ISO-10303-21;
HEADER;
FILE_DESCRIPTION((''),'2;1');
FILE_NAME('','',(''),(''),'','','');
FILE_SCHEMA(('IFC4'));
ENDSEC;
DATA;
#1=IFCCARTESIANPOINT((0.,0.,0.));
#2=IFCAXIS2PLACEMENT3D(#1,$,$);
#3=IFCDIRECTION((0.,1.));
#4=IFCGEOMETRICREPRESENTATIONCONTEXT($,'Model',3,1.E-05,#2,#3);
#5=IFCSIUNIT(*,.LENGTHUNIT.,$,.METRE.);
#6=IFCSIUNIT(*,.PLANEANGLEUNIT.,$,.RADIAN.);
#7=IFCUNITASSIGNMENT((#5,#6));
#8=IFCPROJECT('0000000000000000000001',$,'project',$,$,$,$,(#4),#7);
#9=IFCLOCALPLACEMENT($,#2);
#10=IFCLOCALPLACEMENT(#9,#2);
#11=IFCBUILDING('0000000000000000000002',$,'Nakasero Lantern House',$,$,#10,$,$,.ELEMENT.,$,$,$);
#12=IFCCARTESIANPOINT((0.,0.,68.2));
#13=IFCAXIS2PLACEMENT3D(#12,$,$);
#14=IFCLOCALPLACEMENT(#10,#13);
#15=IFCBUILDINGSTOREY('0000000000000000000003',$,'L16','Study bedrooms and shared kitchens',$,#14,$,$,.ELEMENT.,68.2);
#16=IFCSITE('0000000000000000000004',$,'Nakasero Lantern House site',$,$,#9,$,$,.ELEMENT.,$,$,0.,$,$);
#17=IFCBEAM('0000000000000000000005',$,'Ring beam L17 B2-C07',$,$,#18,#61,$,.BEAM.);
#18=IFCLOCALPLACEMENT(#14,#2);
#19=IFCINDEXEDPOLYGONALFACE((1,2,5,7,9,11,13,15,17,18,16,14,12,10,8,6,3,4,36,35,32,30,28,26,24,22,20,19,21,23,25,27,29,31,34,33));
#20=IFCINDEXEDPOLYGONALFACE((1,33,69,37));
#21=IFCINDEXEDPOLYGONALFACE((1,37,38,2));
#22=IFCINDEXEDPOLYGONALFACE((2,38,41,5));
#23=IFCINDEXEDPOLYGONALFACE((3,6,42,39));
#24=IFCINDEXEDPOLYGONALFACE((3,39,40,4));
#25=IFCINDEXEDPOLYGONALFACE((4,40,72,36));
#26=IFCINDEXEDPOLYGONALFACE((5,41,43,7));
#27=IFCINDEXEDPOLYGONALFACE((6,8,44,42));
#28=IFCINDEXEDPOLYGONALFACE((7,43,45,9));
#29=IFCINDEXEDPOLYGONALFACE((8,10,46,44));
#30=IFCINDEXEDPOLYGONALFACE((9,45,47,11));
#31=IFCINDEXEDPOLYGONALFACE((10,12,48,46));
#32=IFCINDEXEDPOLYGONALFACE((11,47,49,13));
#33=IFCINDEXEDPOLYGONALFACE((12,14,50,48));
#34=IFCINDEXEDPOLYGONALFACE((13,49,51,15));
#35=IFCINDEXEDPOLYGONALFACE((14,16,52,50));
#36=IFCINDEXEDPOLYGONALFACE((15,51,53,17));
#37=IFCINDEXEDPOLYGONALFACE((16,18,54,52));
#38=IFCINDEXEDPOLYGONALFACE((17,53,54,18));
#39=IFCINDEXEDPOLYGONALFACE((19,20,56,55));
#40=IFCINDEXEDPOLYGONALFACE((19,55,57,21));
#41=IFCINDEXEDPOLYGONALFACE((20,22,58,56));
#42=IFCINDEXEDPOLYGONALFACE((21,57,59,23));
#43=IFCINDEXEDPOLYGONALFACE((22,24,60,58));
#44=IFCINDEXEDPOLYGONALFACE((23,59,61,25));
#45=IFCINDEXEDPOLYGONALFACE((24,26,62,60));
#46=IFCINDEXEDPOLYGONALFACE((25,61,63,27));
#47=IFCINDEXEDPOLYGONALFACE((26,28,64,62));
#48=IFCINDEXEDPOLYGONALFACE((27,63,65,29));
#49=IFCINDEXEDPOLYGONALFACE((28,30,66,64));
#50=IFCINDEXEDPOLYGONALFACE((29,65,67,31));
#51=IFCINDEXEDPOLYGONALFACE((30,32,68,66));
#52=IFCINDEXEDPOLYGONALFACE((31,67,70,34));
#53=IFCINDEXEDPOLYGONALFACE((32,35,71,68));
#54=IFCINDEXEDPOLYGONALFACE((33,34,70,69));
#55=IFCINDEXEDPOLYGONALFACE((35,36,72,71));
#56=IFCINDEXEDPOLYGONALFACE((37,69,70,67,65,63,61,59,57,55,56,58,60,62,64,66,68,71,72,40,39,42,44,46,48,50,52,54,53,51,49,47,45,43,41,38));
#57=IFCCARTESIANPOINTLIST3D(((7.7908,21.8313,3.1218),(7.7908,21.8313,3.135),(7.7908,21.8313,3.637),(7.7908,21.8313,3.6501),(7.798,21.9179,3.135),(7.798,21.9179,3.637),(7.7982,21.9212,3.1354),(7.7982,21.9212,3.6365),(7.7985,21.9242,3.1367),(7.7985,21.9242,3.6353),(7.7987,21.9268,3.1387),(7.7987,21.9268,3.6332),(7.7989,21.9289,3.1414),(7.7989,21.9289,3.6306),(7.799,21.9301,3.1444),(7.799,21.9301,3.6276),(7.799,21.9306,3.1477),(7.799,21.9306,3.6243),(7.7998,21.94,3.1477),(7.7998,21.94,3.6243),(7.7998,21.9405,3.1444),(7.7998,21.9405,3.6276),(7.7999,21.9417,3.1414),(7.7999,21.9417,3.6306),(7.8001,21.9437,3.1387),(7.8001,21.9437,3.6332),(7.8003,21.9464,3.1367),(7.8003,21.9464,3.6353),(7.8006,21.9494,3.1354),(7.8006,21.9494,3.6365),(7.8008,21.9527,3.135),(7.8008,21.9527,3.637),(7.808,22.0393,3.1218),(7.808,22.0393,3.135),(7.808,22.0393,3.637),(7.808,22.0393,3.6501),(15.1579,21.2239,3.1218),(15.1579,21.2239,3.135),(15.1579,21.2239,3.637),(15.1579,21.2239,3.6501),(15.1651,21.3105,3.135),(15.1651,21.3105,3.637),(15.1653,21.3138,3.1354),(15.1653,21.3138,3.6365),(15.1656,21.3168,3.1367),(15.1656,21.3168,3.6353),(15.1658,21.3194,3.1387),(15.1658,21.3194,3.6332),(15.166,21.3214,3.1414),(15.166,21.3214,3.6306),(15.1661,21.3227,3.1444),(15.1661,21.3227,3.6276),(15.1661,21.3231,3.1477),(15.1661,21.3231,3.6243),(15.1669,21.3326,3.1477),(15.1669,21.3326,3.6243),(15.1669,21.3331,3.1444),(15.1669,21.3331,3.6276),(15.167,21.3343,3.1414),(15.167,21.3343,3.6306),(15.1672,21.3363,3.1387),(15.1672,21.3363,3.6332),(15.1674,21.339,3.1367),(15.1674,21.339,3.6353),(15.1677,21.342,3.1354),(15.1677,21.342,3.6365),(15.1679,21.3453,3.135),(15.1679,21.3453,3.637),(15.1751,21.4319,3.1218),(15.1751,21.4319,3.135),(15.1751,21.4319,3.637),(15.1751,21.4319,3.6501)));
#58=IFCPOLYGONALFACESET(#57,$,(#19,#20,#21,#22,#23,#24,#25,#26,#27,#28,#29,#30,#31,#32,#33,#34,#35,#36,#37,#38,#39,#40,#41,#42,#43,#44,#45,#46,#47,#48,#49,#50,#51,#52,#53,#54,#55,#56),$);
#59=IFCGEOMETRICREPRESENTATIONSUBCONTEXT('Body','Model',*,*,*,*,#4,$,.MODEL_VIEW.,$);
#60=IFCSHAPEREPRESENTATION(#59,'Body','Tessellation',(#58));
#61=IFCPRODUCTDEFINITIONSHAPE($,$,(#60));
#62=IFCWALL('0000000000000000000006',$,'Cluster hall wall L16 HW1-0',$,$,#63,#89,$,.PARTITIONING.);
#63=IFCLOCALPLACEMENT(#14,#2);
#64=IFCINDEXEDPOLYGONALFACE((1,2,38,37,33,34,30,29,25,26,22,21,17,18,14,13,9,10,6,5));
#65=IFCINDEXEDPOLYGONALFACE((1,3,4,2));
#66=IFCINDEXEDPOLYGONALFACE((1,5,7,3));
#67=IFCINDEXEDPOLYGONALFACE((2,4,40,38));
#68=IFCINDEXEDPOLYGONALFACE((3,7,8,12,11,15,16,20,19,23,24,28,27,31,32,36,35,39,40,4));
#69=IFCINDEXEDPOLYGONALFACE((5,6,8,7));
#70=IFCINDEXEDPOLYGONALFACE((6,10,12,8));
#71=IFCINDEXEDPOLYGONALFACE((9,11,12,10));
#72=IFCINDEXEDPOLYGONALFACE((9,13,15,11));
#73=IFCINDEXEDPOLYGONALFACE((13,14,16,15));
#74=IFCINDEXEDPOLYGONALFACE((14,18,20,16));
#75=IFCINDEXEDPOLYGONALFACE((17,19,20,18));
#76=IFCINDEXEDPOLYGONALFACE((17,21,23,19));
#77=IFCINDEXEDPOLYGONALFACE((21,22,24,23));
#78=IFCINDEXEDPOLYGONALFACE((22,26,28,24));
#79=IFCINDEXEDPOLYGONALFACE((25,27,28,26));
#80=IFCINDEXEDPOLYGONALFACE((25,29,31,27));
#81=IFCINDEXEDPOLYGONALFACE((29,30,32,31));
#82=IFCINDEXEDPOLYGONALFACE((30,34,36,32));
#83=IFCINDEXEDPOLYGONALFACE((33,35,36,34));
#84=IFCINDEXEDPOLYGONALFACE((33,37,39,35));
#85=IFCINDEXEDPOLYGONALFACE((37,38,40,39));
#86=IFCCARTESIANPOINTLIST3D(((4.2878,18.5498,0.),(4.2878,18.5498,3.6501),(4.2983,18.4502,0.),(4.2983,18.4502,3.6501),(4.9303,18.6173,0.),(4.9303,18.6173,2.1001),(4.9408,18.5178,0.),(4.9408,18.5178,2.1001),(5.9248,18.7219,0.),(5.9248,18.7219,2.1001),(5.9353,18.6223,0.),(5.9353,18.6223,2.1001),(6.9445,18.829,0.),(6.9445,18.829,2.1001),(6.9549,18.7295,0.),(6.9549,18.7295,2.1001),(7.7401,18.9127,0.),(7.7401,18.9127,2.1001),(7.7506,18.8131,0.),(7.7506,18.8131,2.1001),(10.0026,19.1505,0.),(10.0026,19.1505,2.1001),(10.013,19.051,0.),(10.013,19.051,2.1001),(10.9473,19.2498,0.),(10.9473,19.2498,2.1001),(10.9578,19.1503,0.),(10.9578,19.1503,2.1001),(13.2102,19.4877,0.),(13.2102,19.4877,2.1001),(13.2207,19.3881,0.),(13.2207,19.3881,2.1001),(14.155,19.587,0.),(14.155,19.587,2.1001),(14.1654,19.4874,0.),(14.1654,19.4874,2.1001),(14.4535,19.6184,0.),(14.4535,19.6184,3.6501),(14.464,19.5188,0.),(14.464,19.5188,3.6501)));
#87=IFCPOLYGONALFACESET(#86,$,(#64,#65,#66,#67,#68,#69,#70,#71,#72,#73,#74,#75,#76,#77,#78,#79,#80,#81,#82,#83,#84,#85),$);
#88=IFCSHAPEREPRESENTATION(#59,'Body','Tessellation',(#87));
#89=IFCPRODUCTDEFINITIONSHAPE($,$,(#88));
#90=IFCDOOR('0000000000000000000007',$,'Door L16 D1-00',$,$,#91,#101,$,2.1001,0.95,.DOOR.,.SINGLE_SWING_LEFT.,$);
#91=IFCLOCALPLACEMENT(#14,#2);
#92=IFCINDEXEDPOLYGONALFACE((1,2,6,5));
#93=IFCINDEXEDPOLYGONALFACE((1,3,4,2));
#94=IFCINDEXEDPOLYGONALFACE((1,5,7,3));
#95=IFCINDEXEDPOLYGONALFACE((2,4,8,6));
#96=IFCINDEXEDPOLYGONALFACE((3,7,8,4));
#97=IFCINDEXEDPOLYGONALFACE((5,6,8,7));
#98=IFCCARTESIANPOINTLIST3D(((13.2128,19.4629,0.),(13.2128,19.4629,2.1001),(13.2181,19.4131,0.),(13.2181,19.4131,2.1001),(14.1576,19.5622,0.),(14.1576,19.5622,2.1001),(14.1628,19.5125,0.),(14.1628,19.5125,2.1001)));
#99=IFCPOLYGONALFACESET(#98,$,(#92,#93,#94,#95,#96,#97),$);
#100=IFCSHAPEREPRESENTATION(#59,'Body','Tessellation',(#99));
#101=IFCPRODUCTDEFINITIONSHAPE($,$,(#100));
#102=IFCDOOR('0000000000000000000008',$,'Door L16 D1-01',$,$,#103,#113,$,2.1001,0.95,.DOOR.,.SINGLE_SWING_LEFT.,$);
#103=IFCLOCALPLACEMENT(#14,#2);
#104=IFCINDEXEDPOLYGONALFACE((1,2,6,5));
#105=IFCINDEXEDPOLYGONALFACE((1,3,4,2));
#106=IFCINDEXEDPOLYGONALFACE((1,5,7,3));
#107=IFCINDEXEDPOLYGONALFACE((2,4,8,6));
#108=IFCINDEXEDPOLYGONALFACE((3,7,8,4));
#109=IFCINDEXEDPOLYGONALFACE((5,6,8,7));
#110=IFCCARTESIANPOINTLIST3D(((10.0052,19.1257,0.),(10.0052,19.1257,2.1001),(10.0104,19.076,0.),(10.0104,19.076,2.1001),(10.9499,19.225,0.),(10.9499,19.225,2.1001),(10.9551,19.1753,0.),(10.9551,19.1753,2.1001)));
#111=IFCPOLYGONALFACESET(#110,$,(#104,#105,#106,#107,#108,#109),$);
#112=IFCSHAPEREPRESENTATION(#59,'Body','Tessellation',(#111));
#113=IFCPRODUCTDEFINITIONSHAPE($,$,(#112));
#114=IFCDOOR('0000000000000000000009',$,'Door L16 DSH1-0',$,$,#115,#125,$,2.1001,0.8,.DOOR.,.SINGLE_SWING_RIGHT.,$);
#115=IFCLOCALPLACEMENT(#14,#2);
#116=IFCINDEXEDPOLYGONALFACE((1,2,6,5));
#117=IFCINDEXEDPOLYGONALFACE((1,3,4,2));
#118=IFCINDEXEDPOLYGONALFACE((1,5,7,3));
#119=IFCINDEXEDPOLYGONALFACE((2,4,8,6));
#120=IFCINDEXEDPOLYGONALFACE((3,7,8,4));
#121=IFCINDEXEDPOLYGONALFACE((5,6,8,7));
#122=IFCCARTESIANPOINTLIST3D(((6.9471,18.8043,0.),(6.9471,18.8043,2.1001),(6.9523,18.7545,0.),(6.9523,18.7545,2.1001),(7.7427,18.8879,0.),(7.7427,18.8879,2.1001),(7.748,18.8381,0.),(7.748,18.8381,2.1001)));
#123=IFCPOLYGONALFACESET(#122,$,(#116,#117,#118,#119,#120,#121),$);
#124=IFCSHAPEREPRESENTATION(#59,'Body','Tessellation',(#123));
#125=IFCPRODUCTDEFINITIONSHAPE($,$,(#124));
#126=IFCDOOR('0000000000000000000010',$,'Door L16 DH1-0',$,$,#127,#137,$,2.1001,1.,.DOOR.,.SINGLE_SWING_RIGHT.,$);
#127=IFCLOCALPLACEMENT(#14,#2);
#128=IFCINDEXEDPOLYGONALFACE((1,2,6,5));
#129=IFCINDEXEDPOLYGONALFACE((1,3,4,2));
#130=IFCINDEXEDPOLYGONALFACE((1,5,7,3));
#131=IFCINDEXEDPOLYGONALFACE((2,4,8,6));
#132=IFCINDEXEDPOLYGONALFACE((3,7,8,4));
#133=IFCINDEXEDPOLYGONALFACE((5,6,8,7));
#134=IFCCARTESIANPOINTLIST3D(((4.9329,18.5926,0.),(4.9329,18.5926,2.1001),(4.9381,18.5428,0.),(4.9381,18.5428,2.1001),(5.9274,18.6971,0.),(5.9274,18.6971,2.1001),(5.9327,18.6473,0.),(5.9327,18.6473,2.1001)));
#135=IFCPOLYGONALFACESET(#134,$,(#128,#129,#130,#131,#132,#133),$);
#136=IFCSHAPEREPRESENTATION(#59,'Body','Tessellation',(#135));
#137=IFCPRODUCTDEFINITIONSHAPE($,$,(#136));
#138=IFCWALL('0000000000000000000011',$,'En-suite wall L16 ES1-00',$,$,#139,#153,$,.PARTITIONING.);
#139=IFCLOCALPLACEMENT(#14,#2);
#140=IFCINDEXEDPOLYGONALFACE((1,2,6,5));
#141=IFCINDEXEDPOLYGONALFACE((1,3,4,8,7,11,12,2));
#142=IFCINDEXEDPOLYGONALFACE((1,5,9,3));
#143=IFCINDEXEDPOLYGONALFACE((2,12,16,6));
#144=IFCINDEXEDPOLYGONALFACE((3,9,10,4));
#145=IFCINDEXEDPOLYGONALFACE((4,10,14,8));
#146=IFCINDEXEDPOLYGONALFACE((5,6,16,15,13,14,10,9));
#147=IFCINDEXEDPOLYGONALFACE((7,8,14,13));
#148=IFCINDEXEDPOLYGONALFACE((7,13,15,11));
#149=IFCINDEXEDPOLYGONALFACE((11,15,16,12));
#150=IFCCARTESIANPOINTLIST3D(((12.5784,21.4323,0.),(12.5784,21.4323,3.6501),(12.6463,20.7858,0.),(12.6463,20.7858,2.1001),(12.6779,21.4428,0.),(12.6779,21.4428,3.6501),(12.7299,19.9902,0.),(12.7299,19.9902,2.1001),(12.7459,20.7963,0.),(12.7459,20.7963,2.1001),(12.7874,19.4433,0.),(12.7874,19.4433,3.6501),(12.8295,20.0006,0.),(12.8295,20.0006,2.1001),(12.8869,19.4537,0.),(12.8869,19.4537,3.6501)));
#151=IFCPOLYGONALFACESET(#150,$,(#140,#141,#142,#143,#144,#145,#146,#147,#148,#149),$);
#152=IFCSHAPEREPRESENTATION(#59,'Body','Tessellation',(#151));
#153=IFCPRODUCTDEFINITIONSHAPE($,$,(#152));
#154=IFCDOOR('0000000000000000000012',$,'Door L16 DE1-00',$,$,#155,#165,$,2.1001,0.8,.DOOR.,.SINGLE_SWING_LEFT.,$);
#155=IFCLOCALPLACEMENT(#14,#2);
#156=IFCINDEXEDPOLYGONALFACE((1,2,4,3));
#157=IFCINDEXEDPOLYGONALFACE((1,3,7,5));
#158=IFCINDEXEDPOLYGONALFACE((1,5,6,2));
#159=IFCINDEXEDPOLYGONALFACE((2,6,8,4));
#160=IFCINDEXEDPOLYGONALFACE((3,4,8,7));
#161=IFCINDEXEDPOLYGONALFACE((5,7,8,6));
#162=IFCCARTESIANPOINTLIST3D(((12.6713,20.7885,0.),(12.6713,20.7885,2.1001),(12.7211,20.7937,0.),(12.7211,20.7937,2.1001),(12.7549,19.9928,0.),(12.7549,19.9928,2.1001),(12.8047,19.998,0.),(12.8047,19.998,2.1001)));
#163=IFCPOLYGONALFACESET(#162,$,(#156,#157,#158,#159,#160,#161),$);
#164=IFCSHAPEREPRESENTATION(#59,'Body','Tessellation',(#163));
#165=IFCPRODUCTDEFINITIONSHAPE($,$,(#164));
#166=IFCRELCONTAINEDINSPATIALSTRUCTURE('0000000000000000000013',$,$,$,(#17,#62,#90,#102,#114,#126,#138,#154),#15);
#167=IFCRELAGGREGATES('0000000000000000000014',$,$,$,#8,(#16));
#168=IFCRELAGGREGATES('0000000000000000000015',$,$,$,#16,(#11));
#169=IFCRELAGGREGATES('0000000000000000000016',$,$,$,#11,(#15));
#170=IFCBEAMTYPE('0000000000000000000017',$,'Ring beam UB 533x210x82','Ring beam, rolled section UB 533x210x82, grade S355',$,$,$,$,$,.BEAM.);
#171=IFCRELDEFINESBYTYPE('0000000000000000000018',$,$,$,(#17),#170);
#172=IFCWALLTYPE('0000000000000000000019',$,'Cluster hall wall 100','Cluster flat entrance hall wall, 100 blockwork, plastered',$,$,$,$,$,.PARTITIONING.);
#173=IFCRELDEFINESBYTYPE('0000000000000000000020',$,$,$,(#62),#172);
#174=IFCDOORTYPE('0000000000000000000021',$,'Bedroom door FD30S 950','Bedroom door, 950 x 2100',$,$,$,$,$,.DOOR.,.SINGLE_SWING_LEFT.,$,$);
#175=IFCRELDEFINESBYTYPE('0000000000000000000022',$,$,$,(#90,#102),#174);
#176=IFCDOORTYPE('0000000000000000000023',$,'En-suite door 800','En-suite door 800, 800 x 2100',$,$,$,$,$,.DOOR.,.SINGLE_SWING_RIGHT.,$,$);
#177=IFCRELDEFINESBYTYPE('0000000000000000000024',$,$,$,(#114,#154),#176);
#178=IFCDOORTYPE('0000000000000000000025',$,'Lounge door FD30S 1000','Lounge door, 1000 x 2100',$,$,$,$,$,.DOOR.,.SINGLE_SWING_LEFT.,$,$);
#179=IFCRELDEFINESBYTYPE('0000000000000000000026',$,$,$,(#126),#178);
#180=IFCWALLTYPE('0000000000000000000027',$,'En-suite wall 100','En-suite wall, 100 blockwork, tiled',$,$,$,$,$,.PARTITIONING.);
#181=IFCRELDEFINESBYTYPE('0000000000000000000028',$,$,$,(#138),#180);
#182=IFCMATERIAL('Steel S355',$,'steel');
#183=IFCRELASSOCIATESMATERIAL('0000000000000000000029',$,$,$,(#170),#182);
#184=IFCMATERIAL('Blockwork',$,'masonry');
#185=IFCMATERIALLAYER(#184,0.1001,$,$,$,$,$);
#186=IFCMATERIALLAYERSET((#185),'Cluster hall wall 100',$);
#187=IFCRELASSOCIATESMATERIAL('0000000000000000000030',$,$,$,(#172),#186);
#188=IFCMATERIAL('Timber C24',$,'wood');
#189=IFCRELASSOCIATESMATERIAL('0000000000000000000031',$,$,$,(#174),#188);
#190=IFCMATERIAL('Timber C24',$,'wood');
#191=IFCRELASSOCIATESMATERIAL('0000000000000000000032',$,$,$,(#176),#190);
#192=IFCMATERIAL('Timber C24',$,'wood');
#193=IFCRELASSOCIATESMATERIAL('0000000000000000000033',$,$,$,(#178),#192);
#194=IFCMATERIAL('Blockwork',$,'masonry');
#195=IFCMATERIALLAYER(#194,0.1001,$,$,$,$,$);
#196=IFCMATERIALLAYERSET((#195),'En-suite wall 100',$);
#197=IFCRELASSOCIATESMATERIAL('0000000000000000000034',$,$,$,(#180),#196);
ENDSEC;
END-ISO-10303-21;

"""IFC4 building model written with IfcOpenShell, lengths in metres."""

from ifc_helpers import new_model, si_unit, direction, frame, frame_2d, origin, origin_2d, place, context, subcontext, project, spatial, rectangle, i_section, extrude, material, layer, layer_set, material_profile, profile_set, type_object, element, fill, save


model = new_model("IFC4")

# Units and contexts
model_context = context("Model", 3, precision=1e-05, world=origin(), true_north=direction((0.0, 1.0)))
body_context = subcontext(model_context, "Body", "Model", "MODEL_VIEW")
ifc_project = project(units=[si_unit("LENGTHUNIT", "METRE"), si_unit("PLANEANGLEUNIT", "RADIAN")], contexts=[model_context])

# Site, building, storey
site_placement = place(None, origin())
site = spatial("IfcSite", under=ifc_project, at=site_placement, Name="Nakasero Lantern House site", CompositionType="ELEMENT", RefElevation=0.0)
building_placement = place(site_placement, origin())
building = spatial("IfcBuilding", under=site, at=building_placement, Name="Nakasero Lantern House", CompositionType="ELEMENT")
storey_placement = place(building_placement, frame((0.0, 0.0, 68.2)))
storey = spatial("IfcBuildingStorey", under=building, at=storey_placement, Name="L16", Description="Study bedrooms and shared kitchens", CompositionType="ELEMENT", Elevation=68.2)

# Beam
ifc_material_1 = material(Name="Steel S355", Category="steel")
ifc_material_profile_1 = material_profile(ifc_material_1, i_section(OverallWidth=0.2087, OverallDepth=0.5283, WebThickness=0.0095, FlangeThickness=0.0132, FilletRadius=0.0127, at=origin_2d()), Name="UB 533x210x82")
ifc_profile_set_1 = profile_set([ifc_material_profile_1], Name="Steel S355")
beam_type_1 = type_object("IfcBeamType", Name="Ring beam UB 533x210x82", Description="Ring beam, rolled section UB 533x210x82, grade S355", PredefinedType="BEAM", material=ifc_profile_set_1)
beam_1_placement = place(storey_placement, frame((15.1665, 21.3279, 3.386), z_axis=(-0.996618, 0.082171, 0.0), x_axis=(-0.082171, -0.996618, 0.0)))
element("IfcBeam", 1, at=beam_1_placement, inside=storey, type_object=beam_type_1, Name="Ring beam L17 B2-C07", PredefinedType="BEAM", context=body_context, shape_type="SweptSolid", body=[
    extrude(i_section(OverallWidth=0.2087, OverallDepth=0.5283, WebThickness=0.0095, FlangeThickness=0.0132, FilletRadius=0.0127, at=origin_2d()), origin(), (0.0, 0.0, 1.0), 7.3921),
])

# Wall, openings, doors
ifc_material_2 = material(Name="Blockwork", Category="masonry")
ifc_layer_1 = layer(ifc_material_2, 0.1001)
ifc_layer_set_1 = layer_set([ifc_layer_1], Name="Cluster hall wall 100")
wall_type_1 = type_object("IfcWallType", Name="Cluster hall wall 100", Description="Cluster flat entrance hall wall, 100 blockwork, plastered", PredefinedType="PARTITIONING", material=ifc_layer_set_1)
wall_1_placement = place(storey_placement, frame((14.4587, 19.5686, 0.0), z_axis=(0.0, 0.0, 1.0), x_axis=(-0.99452, -0.104542, 0.0)))
wall_1 = element("IfcWall", 2, at=wall_1_placement, inside=storey, type_object=wall_type_1, Name="Cluster hall wall L16 HW1-0", PredefinedType="PARTITIONING", context=body_context, shape_type="SweptSolid", body=[
    extrude(rectangle(XDim=10.2217, YDim=0.1001, at=frame_2d((5.1108, 0.0))), origin(), (0.0, 0.0, 1.0), 3.6501),
])
opening_1_placement = place(wall_1_placement, frame((8.5757, 0.0, 0.0)))
opening_1 = element("IfcOpeningElement", 3, at=opening_1_placement, cuts=wall_1, PredefinedType="OPENING", context=body_context, shape_type="SweptSolid", body=[
    extrude(rectangle(XDim=1.0, YDim=2.1001, at=frame_2d((0.5, 1.05))), frame((0.0, 0.0701, 0.0), z_axis=(0.0, -1.0, 0.0), x_axis=(1.0, 0.0, 0.0)), (0.0, 0.0, 1.0), 0.1401),
])
opening_2_placement = place(wall_1_placement, frame((6.7505, 0.0, 0.0)))
opening_2 = element("IfcOpeningElement", 4, at=opening_2_placement, cuts=wall_1, PredefinedType="OPENING", context=body_context, shape_type="SweptSolid", body=[
    extrude(rectangle(XDim=0.8, YDim=2.1001, at=frame_2d((0.3999, 1.05))), frame((0.0, 0.0701, 0.0), z_axis=(0.0, -1.0, 0.0), x_axis=(1.0, 0.0, 0.0)), (0.0, 0.0, 1.0), 0.1401),
])
opening_3_placement = place(wall_1_placement, frame((0.3, 0.0, 0.0)))
opening_3 = element("IfcOpeningElement", 5, at=opening_3_placement, cuts=wall_1, PredefinedType="OPENING", context=body_context, shape_type="SweptSolid", body=[
    extrude(rectangle(XDim=0.95, YDim=2.1001, at=frame_2d((0.4751, 1.05))), frame((0.0, 0.0701, 0.0), z_axis=(0.0, -1.0, 0.0), x_axis=(1.0, 0.0, 0.0)), (0.0, 0.0, 1.0), 0.1401),
])
opening_4_placement = place(wall_1_placement, frame((3.5254, 0.0, 0.0)))
opening_4 = element("IfcOpeningElement", 6, at=opening_4_placement, cuts=wall_1, PredefinedType="OPENING", context=body_context, shape_type="SweptSolid", body=[
    extrude(rectangle(XDim=0.95, YDim=2.1001, at=frame_2d((0.4751, 1.05))), frame((0.0, 0.0701, 0.0), z_axis=(0.0, -1.0, 0.0), x_axis=(1.0, 0.0, 0.0)), (0.0, 0.0, 1.0), 0.1401),
])
ifc_material_3 = material(Name="Timber C24", Category="wood")
door_type_1 = type_object("IfcDoorType", Name="Bedroom door FD30S 950", Description="Bedroom door, 950 x 2100", OperationType="SINGLE_SWING_LEFT", PredefinedType="DOOR", material=ifc_material_3)
door_1_placement = place(opening_3_placement, origin())
door_1 = element("IfcDoor", 7, at=door_1_placement, inside=storey, type_object=door_type_1, Name="Door L16 D1-00", OperationType="SINGLE_SWING_LEFT", OverallHeight=2.1001, OverallWidth=0.95, PredefinedType="DOOR", context=body_context, shape_type="SweptSolid", body=[
    extrude(rectangle(XDim=0.95, YDim=2.1001, at=frame_2d((0.4751, 1.05))), frame((0.0, 0.0249, 0.0), z_axis=(0.0, -1.0, 0.0), x_axis=(1.0, 0.0, 0.0)), (0.0, 0.0, 1.0), 0.05),
])
fill(opening_3, door_1)
door_2_placement = place(opening_4_placement, origin())
door_2 = element("IfcDoor", 8, at=door_2_placement, inside=storey, type_object=door_type_1, Name="Door L16 D1-01", OperationType="SINGLE_SWING_LEFT", OverallHeight=2.1001, OverallWidth=0.95, PredefinedType="DOOR", context=body_context, shape_type="SweptSolid", body=[
    extrude(rectangle(XDim=0.95, YDim=2.1001, at=frame_2d((0.4751, 1.05))), frame((0.0, 0.0249, 0.0), z_axis=(0.0, -1.0, 0.0), x_axis=(1.0, 0.0, 0.0)), (0.0, 0.0, 1.0), 0.05),
])
fill(opening_4, door_2)
ifc_material_4 = material(Name="Timber C24", Category="wood")
door_type_2 = type_object("IfcDoorType", Name="En-suite door 800", Description="En-suite door 800, 800 x 2100", OperationType="SINGLE_SWING_RIGHT", PredefinedType="DOOR", material=ifc_material_4)
door_3_placement = place(opening_2_placement, origin())
door_3 = element("IfcDoor", 9, at=door_3_placement, inside=storey, type_object=door_type_2, Name="Door L16 DSH1-0", OperationType="SINGLE_SWING_RIGHT", OverallHeight=2.1001, OverallWidth=0.8, PredefinedType="DOOR", context=body_context, shape_type="SweptSolid", body=[
    extrude(rectangle(XDim=0.8, YDim=2.1001, at=frame_2d((0.3999, 1.05))), frame((0.0, 0.0249, 0.0), z_axis=(0.0, -1.0, 0.0), x_axis=(1.0, 0.0, 0.0)), (0.0, 0.0, 1.0), 0.05),
])
fill(opening_2, door_3)
ifc_material_5 = material(Name="Timber C24", Category="wood")
door_type_3 = type_object("IfcDoorType", Name="Lounge door FD30S 1000", Description="Lounge door, 1000 x 2100", OperationType="SINGLE_SWING_LEFT", PredefinedType="DOOR", material=ifc_material_5)
door_4_placement = place(opening_1_placement, origin())
door_4 = element("IfcDoor", 10, at=door_4_placement, inside=storey, type_object=door_type_3, Name="Door L16 DH1-0", OperationType="SINGLE_SWING_RIGHT", OverallHeight=2.1001, OverallWidth=1.0, PredefinedType="DOOR", context=body_context, shape_type="SweptSolid", body=[
    extrude(rectangle(XDim=1.0, YDim=2.1001, at=frame_2d((0.5, 1.05))), frame((0.0, 0.0249, 0.0), z_axis=(0.0, -1.0, 0.0), x_axis=(1.0, 0.0, 0.0)), (0.0, 0.0, 1.0), 0.05),
])
fill(opening_1, door_4)

# Wall, opening, door
ifc_material_6 = material(Name="Blockwork", Category="masonry")
ifc_layer_2 = layer(ifc_material_6, 0.1001)
ifc_layer_set_2 = layer_set([ifc_layer_2], Name="En-suite wall 100")
wall_type_2 = type_object("IfcWallType", Name="En-suite wall 100", Description="En-suite wall, 100 blockwork, tiled", PredefinedType="PARTITIONING", material=ifc_layer_set_2)
wall_2_placement = place(storey_placement, frame((12.8372, 19.4485, 0.0), z_axis=(0.0, 0.0, 1.0), x_axis=(-0.104494, 0.994526, 0.0)))
wall_2 = element("IfcWall", 11, at=wall_2_placement, inside=storey, type_object=wall_type_2, Name="En-suite wall L16 ES1-00", PredefinedType="PARTITIONING", context=body_context, shape_type="SweptSolid", body=[
    extrude(rectangle(XDim=2.0, YDim=0.1001, at=frame_2d((1.0, 0.0))), origin(), (0.0, 0.0, 1.0), 3.6501),
])
opening_5_placement = place(wall_2_placement, frame((0.55, 0.0, 0.0)))
opening_5 = element("IfcOpeningElement", 12, at=opening_5_placement, cuts=wall_2, PredefinedType="OPENING", context=body_context, shape_type="SweptSolid", body=[
    extrude(rectangle(XDim=0.8, YDim=2.1001, at=frame_2d((0.3999, 1.05))), frame((0.0, 0.0701, 0.0), z_axis=(0.0, -1.0, 0.0), x_axis=(1.0, 0.0, 0.0)), (0.0, 0.0, 1.0), 0.1401),
])
door_5_placement = place(opening_5_placement, origin())
door_5 = element("IfcDoor", 13, at=door_5_placement, inside=storey, type_object=door_type_2, Name="Door L16 DE1-00", OperationType="SINGLE_SWING_LEFT", OverallHeight=2.1001, OverallWidth=0.8, PredefinedType="DOOR", context=body_context, shape_type="SweptSolid", body=[
    extrude(rectangle(XDim=0.8, YDim=2.1001, at=frame_2d((0.3999, 1.05))), frame((0.0, 0.0249, 0.0), z_axis=(0.0, -1.0, 0.0), x_axis=(1.0, 0.0, 0.0)), (0.0, 0.0, 1.0), 0.05),
])
fill(opening_5, door_5)

save(model, "model.ifc")
